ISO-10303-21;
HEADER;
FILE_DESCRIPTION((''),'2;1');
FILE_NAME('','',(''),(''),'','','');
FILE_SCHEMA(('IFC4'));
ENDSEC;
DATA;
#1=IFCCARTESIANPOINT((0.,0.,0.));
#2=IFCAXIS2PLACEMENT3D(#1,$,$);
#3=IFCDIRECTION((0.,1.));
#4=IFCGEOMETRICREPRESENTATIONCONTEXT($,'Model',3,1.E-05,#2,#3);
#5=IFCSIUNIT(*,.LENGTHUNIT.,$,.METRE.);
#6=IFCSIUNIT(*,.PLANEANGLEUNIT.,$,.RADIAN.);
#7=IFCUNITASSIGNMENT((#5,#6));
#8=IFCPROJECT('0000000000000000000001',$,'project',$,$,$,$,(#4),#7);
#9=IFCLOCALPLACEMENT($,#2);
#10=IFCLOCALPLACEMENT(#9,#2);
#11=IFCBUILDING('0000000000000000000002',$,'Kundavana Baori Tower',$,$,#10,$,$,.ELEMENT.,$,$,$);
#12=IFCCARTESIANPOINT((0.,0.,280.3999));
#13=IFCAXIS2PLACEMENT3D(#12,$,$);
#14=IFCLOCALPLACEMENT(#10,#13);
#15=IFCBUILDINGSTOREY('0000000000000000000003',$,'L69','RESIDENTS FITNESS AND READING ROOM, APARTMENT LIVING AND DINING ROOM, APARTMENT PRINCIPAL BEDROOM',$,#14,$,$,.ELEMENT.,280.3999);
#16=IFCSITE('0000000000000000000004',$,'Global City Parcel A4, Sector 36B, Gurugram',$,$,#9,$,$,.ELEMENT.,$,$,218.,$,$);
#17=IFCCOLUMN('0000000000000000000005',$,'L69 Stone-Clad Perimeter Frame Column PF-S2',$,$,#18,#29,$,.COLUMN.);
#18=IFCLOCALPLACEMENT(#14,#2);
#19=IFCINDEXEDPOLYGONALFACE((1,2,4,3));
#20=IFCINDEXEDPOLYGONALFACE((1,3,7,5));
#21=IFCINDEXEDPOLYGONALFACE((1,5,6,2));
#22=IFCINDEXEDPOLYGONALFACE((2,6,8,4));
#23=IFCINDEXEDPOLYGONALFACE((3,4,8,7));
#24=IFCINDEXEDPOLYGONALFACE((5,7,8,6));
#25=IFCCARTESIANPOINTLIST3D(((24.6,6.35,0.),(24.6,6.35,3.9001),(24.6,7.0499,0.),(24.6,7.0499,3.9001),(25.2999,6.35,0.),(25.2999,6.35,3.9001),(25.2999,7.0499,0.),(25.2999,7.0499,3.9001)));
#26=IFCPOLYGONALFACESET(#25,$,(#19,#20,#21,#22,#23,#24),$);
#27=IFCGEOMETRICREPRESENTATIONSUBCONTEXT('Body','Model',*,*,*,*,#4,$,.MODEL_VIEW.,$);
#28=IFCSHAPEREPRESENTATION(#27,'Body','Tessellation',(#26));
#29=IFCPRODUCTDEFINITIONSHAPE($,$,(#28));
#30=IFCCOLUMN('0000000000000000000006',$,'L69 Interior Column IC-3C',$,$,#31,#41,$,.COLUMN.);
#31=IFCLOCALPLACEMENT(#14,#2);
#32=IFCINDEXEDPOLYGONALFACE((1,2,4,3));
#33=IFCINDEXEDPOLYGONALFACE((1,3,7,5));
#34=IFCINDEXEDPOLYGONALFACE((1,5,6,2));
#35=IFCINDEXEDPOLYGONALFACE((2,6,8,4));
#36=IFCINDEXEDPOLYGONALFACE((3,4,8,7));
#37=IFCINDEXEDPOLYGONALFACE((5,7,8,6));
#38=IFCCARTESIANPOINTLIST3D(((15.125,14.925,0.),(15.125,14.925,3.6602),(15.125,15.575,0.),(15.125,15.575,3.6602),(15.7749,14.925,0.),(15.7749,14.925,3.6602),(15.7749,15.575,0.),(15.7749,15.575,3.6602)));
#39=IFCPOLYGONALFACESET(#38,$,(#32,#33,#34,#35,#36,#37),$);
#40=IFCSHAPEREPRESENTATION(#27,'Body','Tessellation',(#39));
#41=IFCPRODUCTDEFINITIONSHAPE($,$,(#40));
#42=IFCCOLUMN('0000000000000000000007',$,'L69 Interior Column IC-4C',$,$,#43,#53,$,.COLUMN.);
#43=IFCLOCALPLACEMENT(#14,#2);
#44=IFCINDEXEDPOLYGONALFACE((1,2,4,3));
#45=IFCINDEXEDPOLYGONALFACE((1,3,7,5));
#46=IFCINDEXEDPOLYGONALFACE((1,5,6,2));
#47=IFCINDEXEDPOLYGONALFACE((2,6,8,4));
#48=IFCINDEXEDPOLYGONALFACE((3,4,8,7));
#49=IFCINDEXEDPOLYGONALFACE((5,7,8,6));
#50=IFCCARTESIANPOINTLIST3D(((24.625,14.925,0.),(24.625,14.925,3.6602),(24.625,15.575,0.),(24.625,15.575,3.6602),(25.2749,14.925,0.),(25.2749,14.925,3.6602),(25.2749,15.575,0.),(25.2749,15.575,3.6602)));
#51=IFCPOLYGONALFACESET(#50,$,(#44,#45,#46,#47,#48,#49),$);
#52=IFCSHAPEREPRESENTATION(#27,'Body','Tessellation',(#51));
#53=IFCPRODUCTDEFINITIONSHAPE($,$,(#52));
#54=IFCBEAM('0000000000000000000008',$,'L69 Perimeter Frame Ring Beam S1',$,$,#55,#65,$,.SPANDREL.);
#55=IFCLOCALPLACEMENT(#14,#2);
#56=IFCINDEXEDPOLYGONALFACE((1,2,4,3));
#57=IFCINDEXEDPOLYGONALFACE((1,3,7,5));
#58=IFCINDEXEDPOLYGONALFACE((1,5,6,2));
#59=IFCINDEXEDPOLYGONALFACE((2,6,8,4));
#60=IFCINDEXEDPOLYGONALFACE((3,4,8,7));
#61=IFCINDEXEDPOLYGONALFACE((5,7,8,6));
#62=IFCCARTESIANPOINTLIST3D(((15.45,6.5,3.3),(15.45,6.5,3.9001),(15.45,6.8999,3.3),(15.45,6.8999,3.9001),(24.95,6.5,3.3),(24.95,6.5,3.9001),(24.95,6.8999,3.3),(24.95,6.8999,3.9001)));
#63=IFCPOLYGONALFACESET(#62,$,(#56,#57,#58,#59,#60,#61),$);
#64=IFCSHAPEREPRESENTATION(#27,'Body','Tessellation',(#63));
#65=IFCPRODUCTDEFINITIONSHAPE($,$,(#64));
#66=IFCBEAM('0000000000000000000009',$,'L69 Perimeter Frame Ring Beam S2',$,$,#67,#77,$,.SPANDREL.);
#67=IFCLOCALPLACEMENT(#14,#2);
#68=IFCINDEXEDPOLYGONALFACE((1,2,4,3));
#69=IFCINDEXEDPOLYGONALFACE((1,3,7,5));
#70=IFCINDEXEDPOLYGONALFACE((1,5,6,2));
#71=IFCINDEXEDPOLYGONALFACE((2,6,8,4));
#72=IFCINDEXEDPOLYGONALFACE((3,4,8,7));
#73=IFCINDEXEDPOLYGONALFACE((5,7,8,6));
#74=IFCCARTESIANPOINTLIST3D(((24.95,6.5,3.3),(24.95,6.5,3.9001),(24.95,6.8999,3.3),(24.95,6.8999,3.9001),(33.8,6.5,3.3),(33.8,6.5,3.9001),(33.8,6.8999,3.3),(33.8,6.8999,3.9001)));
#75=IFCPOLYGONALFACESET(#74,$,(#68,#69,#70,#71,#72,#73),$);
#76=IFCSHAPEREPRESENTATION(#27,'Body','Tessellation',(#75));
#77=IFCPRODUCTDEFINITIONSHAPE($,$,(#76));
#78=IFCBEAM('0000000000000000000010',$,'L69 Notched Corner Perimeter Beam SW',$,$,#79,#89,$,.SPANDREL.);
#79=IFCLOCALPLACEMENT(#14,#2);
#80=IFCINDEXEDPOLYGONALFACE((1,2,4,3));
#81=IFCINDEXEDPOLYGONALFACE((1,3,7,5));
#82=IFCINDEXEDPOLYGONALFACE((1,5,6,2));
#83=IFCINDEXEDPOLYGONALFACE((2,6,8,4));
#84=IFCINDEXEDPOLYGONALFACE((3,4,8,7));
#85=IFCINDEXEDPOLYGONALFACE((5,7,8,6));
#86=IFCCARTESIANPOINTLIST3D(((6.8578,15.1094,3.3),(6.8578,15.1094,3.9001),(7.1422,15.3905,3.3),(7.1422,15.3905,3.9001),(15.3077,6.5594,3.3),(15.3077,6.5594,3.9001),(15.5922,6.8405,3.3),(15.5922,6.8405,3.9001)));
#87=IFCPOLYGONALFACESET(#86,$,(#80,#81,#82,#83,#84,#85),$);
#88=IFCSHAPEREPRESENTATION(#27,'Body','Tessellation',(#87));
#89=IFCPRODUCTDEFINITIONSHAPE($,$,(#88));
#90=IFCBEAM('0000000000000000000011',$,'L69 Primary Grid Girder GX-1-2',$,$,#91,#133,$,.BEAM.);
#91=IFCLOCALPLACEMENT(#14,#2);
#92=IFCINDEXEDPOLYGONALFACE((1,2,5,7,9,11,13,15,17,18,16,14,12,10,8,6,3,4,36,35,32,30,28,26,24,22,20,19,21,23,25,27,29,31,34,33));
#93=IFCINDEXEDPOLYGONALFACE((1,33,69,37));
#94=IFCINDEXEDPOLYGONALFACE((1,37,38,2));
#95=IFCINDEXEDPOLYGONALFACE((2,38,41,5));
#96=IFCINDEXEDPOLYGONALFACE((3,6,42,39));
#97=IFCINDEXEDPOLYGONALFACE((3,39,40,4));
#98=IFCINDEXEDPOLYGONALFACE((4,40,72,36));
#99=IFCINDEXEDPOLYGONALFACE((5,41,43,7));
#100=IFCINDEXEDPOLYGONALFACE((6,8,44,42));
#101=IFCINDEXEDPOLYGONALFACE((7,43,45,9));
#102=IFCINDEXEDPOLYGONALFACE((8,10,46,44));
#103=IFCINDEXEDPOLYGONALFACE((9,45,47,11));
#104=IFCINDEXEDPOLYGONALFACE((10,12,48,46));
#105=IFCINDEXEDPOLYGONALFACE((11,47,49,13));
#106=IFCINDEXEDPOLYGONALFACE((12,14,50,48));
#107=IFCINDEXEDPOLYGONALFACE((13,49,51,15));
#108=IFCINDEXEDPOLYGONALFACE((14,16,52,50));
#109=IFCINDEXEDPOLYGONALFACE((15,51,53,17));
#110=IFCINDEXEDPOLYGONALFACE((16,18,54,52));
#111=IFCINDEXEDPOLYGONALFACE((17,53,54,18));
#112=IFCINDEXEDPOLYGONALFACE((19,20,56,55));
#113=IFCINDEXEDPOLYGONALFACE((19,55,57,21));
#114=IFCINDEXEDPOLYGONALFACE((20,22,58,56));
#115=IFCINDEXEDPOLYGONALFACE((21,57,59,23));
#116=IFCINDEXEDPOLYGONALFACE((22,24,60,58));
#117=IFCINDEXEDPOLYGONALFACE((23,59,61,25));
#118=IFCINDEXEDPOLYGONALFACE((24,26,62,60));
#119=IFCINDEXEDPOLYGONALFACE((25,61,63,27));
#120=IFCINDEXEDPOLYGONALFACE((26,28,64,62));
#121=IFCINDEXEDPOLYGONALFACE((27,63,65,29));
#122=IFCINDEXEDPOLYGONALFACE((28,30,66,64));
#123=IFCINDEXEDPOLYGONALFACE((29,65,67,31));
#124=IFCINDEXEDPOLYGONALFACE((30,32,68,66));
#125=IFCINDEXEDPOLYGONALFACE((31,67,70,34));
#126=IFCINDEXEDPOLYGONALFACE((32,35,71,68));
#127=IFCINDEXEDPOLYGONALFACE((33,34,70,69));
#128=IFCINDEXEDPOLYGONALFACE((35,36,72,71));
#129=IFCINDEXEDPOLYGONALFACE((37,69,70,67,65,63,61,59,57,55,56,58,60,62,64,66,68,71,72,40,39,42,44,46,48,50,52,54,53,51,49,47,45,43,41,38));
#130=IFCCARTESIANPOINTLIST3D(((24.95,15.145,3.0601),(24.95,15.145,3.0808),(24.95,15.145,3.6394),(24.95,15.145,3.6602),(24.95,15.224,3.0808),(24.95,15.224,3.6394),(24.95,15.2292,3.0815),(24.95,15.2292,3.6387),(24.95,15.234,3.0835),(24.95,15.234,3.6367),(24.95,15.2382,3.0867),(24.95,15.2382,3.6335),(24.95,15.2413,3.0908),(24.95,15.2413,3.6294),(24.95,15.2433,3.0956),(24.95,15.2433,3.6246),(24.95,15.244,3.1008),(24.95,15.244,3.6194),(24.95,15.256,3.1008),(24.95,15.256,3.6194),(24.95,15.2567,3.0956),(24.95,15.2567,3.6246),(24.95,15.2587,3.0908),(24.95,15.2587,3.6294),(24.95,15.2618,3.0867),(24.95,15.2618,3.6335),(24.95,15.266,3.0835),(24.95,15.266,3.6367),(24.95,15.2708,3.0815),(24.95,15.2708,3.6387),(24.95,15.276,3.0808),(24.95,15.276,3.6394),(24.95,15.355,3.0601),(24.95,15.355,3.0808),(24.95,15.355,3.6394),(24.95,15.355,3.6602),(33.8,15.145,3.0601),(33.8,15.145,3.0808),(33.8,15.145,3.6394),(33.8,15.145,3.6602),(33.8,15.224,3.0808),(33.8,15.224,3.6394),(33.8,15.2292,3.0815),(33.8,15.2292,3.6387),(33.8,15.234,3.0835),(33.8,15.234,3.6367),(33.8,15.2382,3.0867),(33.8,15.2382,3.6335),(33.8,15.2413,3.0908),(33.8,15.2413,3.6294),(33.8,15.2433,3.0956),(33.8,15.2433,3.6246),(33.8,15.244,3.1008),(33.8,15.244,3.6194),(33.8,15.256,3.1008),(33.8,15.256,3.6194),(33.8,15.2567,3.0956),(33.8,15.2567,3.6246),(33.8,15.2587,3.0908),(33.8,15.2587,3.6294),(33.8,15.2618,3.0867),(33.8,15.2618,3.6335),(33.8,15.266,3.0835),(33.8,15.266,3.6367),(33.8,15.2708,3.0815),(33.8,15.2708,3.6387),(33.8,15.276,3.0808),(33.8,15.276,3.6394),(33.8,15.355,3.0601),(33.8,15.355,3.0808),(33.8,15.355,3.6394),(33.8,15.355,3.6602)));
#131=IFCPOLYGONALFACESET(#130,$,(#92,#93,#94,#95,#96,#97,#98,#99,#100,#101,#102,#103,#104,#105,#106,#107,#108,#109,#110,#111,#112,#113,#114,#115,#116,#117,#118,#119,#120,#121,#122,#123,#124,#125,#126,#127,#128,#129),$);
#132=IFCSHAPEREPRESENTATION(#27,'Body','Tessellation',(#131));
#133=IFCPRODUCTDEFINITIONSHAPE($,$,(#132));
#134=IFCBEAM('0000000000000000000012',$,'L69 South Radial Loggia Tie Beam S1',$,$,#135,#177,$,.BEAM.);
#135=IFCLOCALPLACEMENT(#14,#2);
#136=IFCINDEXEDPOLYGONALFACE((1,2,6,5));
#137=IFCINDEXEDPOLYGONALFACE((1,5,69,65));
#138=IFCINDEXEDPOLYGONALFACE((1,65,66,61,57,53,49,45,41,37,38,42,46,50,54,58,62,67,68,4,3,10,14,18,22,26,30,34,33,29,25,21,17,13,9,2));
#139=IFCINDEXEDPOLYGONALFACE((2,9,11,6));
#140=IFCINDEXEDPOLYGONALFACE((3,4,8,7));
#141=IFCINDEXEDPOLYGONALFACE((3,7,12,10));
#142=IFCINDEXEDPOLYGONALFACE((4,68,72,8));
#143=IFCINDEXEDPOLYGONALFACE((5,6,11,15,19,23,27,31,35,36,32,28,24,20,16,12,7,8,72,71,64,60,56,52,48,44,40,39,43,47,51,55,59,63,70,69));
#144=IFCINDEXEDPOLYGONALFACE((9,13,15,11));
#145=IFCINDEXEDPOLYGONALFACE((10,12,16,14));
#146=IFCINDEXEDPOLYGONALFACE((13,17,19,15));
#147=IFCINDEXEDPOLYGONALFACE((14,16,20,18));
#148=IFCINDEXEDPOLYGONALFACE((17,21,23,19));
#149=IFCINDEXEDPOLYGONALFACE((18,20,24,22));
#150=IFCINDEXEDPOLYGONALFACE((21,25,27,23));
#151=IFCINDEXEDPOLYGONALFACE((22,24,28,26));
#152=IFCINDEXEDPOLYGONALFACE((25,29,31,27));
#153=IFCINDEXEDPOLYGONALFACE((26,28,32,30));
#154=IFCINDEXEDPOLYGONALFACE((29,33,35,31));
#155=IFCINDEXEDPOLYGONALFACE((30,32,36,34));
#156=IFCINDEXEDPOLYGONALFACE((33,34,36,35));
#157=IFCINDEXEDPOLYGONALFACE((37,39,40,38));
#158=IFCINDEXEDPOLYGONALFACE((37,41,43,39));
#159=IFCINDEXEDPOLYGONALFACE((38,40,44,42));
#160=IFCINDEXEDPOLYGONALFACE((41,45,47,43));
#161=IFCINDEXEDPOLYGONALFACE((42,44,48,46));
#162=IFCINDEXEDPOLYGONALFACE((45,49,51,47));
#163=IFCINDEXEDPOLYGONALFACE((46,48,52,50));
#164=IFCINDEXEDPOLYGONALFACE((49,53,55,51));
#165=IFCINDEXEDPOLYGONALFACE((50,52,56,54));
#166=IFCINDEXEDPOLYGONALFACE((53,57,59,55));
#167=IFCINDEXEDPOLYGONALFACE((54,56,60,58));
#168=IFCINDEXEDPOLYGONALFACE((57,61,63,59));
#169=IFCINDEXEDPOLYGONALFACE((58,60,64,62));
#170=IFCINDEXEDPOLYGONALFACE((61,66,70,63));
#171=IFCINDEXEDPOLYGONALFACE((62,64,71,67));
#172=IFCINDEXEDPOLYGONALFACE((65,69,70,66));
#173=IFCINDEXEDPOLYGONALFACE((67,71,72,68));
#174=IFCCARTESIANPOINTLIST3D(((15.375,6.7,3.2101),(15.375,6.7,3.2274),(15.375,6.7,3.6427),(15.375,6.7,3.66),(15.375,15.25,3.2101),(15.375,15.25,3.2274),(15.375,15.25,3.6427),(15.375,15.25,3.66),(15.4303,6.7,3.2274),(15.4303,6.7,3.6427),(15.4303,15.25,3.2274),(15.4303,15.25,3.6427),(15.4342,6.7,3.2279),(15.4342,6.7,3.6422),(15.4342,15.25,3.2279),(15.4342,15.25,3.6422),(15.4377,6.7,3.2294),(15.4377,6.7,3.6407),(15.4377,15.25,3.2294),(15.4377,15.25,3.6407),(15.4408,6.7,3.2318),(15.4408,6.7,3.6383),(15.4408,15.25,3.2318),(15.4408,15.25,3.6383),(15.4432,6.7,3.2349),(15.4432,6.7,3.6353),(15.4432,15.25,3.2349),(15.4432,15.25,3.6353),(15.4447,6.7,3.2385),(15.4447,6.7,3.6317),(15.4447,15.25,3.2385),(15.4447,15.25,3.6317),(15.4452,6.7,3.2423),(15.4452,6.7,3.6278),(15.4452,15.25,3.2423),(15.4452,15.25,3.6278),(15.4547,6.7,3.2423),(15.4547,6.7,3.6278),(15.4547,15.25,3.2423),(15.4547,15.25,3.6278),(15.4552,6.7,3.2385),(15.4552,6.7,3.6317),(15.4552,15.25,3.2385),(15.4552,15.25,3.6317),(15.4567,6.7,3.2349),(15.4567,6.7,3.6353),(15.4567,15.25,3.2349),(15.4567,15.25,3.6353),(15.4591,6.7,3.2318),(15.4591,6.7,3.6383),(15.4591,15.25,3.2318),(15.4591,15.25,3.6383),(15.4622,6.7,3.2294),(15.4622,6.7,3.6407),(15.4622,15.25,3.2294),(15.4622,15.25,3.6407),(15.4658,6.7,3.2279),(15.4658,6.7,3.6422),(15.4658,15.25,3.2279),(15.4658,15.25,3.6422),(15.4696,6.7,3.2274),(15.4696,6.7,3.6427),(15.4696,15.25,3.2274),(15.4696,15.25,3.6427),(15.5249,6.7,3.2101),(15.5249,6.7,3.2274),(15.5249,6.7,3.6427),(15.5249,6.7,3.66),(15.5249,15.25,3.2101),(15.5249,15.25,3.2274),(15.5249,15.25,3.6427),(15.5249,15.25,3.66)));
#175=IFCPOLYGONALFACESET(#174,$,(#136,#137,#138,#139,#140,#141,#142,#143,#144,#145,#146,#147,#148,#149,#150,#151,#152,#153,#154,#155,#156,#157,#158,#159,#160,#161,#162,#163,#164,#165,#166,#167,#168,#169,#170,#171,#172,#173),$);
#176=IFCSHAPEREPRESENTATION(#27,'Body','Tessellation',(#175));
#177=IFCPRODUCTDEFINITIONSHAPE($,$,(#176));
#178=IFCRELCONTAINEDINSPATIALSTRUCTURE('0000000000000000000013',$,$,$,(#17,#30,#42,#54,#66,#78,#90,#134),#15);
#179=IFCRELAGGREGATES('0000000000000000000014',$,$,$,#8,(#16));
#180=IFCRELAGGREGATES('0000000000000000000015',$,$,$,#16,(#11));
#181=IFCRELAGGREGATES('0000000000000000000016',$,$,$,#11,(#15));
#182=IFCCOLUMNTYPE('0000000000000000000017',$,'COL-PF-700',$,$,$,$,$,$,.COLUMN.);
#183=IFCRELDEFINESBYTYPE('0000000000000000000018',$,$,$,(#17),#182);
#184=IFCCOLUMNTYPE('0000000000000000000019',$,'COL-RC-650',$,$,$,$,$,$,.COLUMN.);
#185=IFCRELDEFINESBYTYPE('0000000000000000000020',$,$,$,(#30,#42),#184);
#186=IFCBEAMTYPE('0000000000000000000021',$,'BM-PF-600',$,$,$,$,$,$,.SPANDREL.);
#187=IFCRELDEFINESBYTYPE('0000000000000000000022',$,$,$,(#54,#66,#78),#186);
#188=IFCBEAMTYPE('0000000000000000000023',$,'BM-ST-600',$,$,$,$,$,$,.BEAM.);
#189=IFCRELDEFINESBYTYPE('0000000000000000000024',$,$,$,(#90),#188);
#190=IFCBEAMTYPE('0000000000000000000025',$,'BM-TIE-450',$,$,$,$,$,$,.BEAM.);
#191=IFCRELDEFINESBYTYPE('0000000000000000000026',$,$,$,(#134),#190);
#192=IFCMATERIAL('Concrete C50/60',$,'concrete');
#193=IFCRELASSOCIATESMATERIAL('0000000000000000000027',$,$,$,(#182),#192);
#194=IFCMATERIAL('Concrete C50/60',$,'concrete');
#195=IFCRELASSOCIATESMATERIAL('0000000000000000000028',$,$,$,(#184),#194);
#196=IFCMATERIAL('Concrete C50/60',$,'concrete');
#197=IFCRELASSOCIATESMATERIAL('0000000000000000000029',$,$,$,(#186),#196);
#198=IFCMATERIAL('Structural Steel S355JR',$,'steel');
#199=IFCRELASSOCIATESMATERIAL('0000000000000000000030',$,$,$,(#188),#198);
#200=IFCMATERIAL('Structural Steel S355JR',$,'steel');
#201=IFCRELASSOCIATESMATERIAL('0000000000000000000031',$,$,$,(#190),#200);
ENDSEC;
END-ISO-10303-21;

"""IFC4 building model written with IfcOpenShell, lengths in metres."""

from ifc_helpers import new_model, si_unit, direction, frame, origin, origin_2d, place, context, subcontext, project, spatial, rectangle, i_section, extrude, material, material_profile, profile_set, type_object, element, save


model = new_model("IFC4")

# Units and contexts
model_context = context("Model", 3, precision=1e-05, world=origin(), true_north=direction((0.0, 1.0)))
body_context = subcontext(model_context, "Body", "Model", "MODEL_VIEW")
ifc_project = project(units=[si_unit("LENGTHUNIT", "METRE"), si_unit("PLANEANGLEUNIT", "RADIAN")], contexts=[model_context])

# Site, building, storey
site_placement = place(None, origin())
site = spatial("IfcSite", under=ifc_project, at=site_placement, Name="Global City Parcel A4, Sector 36B, Gurugram", CompositionType="ELEMENT", RefElevation=218.0)
building_placement = place(site_placement, origin())
building = spatial("IfcBuilding", under=site, at=building_placement, Name="Kundavana Baori Tower", CompositionType="ELEMENT")
storey_placement = place(building_placement, frame((0.0, 0.0, 280.3999)))
storey = spatial("IfcBuildingStorey", under=building, at=storey_placement, Name="L69", Description="RESIDENTS FITNESS AND READING ROOM, APARTMENT LIVING AND DINING ROOM, APARTMENT PRINCIPAL BEDROOM", CompositionType="ELEMENT", Elevation=280.3999)

# Columns
ifc_material_1 = material(Name="Concrete C50/60", Category="concrete")
ifc_material_profile_1 = material_profile(ifc_material_1, rectangle(XDim=0.7, YDim=0.7, at=origin_2d()), Name="RC PF 700x700")
ifc_profile_set_1 = profile_set([ifc_material_profile_1], Name="Concrete C50/60")
column_type_1 = type_object("IfcColumnType", Name="COL-PF-700", PredefinedType="COLUMN", material=ifc_profile_set_1)
column_placement = place(storey_placement, frame((24.95, 6.7, 0.0), z_axis=(0.0, 0.0, 1.0), x_axis=(1.0, 0.0, 0.0)))
element("IfcColumn", 1, at=column_placement, inside=storey, type_object=column_type_1, Name="L69 Stone-Clad Perimeter Frame Column PF-S2", PredefinedType="COLUMN", context=body_context, shape_type="SweptSolid", body=[
    extrude(rectangle(XDim=0.7, YDim=0.7, at=origin_2d()), origin(), (0.0, 0.0, 1.0), 3.9001),
])
ifc_material_2 = material(Name="Concrete C50/60", Category="concrete")
ifc_material_profile_2 = material_profile(ifc_material_2, rectangle(XDim=0.6499, YDim=0.6499, at=origin_2d()), Name="RC 650x650")
ifc_profile_set_2 = profile_set([ifc_material_profile_2], Name="Concrete C50/60")
column_type_2 = type_object("IfcColumnType", Name="COL-RC-650", PredefinedType="COLUMN", material=ifc_profile_set_2)
for number, where, z_axis, x_axis, name in (
    (2, (15.45, 15.25, 0.0), (0.0, 0.0, 1.0), (1.0, 0.0, 0.0), "L69 Interior Column IC-3C"),
    (3, (24.95, 15.25, 0.0), (0.0, 0.0, 1.0), (1.0, 0.0, 0.0), "L69 Interior Column IC-4C"),
):
    element("IfcColumn", number, at=place(storey_placement, frame(where, z_axis=z_axis, x_axis=x_axis)), inside=storey, type_object=column_type_2, Name=name, PredefinedType="COLUMN", context=body_context, shape_type="SweptSolid", body=[
        extrude(rectangle(XDim=0.6499, YDim=0.6499, at=origin_2d()), origin(), (0.0, 0.0, 1.0), 3.6602),
    ])

# Beams
ifc_material_3 = material(Name="Concrete C50/60", Category="concrete")
ifc_material_profile_3 = material_profile(ifc_material_3, rectangle(XDim=0.3999, YDim=0.6001, at=origin_2d()), Name="RC BM 400x600")
ifc_profile_set_3 = profile_set([ifc_material_profile_3], Name="Concrete C50/60")
beam_type_1 = type_object("IfcBeamType", Name="BM-PF-600", PredefinedType="SPANDREL", material=ifc_profile_set_3)
beam_1_placement = place(storey_placement, frame((15.45, 6.7, 3.6001), z_axis=(1.0, 0.0, 0.0), x_axis=(0.0, 1.0, 0.0)))
element("IfcBeam", 4, at=beam_1_placement, inside=storey, type_object=beam_type_1, Name="L69 Perimeter Frame Ring Beam S1", PredefinedType="SPANDREL", context=body_context, shape_type="SweptSolid", body=[
    extrude(rectangle(XDim=0.3999, YDim=0.6001, at=origin_2d()), origin(), (0.0, 0.0, 1.0), 9.5),
])
beam_2_placement = place(storey_placement, frame((24.95, 6.7, 3.6001), z_axis=(1.0, 0.0, 0.0), x_axis=(0.0, 1.0, 0.0)))
element("IfcBeam", 5, at=beam_2_placement, inside=storey, type_object=beam_type_1, Name="L69 Perimeter Frame Ring Beam S2", PredefinedType="SPANDREL", context=body_context, shape_type="SweptSolid", body=[
    extrude(rectangle(XDim=0.3999, YDim=0.6001, at=origin_2d()), origin(), (0.0, 0.0, 1.0), 8.8501),
])
beam_3_placement = place(storey_placement, frame((15.45, 6.7, 3.6001), z_axis=(-0.702931, 0.711258, 0.0), x_axis=(-0.711258, -0.702931, 0.0)))
element("IfcBeam", 6, at=beam_3_placement, inside=storey, type_object=beam_type_1, Name="L69 Notched Corner Perimeter Beam SW", PredefinedType="SPANDREL", context=body_context, shape_type="SweptSolid", body=[
    extrude(rectangle(XDim=0.3999, YDim=0.6001, at=origin_2d()), origin(), (0.0, 0.0, 1.0), 12.021),
])
ifc_material_4 = material(Name="Structural Steel S355JR", Category="steel")
ifc_material_profile_4 = material_profile(ifc_material_4, i_section(OverallWidth=0.21, OverallDepth=0.6001, WebThickness=0.012, FlangeThickness=0.0208, FilletRadius=0.02, at=origin_2d()), Name="ISMB 600")
ifc_profile_set_4 = profile_set([ifc_material_profile_4], Name="Structural Steel S355JR")
beam_type_2 = type_object("IfcBeamType", Name="BM-ST-600", PredefinedType="BEAM", material=ifc_profile_set_4)
beam_4_placement = place(storey_placement, frame((24.95, 15.25, 3.3601), z_axis=(1.0, 0.0, 0.0), x_axis=(0.0, 1.0, 0.0)))
element("IfcBeam", 7, at=beam_4_placement, inside=storey, type_object=beam_type_2, Name="L69 Primary Grid Girder GX-1-2", PredefinedType="BEAM", context=body_context, shape_type="SweptSolid", body=[
    extrude(i_section(OverallWidth=0.21, OverallDepth=0.6001, WebThickness=0.012, FlangeThickness=0.0208, FilletRadius=0.02, at=origin_2d()), origin(), (0.0, 0.0, 1.0), 8.8501),
])
ifc_material_5 = material(Name="Structural Steel S355JR", Category="steel")
ifc_material_profile_5 = material_profile(ifc_material_5, i_section(OverallWidth=0.1499, OverallDepth=0.45, WebThickness=0.0095, FlangeThickness=0.0173, FilletRadius=0.0149, at=origin_2d()), Name="ISMB 450")
ifc_profile_set_5 = profile_set([ifc_material_profile_5], Name="Structural Steel S355JR")
beam_type_3 = type_object("IfcBeamType", Name="BM-TIE-450", PredefinedType="BEAM", material=ifc_profile_set_5)
for number, where, z_axis, x_axis, name in (
    (8, (15.45, 15.25, 3.4351), (0.0, -1.0, 0.0), (1.0, 0.0, 0.0), "L69 South Radial Loggia Tie Beam S1"),
):
    element("IfcBeam", number, at=place(storey_placement, frame(where, z_axis=z_axis, x_axis=x_axis)), inside=storey, type_object=beam_type_3, Name=name, PredefinedType="BEAM", context=body_context, shape_type="SweptSolid", body=[
        extrude(i_section(OverallWidth=0.1499, OverallDepth=0.45, WebThickness=0.0095, FlangeThickness=0.0173, FilletRadius=0.0149, at=origin_2d()), origin(), (0.0, 0.0, 1.0), 8.55),
    ])

save(model, "model.ifc")
